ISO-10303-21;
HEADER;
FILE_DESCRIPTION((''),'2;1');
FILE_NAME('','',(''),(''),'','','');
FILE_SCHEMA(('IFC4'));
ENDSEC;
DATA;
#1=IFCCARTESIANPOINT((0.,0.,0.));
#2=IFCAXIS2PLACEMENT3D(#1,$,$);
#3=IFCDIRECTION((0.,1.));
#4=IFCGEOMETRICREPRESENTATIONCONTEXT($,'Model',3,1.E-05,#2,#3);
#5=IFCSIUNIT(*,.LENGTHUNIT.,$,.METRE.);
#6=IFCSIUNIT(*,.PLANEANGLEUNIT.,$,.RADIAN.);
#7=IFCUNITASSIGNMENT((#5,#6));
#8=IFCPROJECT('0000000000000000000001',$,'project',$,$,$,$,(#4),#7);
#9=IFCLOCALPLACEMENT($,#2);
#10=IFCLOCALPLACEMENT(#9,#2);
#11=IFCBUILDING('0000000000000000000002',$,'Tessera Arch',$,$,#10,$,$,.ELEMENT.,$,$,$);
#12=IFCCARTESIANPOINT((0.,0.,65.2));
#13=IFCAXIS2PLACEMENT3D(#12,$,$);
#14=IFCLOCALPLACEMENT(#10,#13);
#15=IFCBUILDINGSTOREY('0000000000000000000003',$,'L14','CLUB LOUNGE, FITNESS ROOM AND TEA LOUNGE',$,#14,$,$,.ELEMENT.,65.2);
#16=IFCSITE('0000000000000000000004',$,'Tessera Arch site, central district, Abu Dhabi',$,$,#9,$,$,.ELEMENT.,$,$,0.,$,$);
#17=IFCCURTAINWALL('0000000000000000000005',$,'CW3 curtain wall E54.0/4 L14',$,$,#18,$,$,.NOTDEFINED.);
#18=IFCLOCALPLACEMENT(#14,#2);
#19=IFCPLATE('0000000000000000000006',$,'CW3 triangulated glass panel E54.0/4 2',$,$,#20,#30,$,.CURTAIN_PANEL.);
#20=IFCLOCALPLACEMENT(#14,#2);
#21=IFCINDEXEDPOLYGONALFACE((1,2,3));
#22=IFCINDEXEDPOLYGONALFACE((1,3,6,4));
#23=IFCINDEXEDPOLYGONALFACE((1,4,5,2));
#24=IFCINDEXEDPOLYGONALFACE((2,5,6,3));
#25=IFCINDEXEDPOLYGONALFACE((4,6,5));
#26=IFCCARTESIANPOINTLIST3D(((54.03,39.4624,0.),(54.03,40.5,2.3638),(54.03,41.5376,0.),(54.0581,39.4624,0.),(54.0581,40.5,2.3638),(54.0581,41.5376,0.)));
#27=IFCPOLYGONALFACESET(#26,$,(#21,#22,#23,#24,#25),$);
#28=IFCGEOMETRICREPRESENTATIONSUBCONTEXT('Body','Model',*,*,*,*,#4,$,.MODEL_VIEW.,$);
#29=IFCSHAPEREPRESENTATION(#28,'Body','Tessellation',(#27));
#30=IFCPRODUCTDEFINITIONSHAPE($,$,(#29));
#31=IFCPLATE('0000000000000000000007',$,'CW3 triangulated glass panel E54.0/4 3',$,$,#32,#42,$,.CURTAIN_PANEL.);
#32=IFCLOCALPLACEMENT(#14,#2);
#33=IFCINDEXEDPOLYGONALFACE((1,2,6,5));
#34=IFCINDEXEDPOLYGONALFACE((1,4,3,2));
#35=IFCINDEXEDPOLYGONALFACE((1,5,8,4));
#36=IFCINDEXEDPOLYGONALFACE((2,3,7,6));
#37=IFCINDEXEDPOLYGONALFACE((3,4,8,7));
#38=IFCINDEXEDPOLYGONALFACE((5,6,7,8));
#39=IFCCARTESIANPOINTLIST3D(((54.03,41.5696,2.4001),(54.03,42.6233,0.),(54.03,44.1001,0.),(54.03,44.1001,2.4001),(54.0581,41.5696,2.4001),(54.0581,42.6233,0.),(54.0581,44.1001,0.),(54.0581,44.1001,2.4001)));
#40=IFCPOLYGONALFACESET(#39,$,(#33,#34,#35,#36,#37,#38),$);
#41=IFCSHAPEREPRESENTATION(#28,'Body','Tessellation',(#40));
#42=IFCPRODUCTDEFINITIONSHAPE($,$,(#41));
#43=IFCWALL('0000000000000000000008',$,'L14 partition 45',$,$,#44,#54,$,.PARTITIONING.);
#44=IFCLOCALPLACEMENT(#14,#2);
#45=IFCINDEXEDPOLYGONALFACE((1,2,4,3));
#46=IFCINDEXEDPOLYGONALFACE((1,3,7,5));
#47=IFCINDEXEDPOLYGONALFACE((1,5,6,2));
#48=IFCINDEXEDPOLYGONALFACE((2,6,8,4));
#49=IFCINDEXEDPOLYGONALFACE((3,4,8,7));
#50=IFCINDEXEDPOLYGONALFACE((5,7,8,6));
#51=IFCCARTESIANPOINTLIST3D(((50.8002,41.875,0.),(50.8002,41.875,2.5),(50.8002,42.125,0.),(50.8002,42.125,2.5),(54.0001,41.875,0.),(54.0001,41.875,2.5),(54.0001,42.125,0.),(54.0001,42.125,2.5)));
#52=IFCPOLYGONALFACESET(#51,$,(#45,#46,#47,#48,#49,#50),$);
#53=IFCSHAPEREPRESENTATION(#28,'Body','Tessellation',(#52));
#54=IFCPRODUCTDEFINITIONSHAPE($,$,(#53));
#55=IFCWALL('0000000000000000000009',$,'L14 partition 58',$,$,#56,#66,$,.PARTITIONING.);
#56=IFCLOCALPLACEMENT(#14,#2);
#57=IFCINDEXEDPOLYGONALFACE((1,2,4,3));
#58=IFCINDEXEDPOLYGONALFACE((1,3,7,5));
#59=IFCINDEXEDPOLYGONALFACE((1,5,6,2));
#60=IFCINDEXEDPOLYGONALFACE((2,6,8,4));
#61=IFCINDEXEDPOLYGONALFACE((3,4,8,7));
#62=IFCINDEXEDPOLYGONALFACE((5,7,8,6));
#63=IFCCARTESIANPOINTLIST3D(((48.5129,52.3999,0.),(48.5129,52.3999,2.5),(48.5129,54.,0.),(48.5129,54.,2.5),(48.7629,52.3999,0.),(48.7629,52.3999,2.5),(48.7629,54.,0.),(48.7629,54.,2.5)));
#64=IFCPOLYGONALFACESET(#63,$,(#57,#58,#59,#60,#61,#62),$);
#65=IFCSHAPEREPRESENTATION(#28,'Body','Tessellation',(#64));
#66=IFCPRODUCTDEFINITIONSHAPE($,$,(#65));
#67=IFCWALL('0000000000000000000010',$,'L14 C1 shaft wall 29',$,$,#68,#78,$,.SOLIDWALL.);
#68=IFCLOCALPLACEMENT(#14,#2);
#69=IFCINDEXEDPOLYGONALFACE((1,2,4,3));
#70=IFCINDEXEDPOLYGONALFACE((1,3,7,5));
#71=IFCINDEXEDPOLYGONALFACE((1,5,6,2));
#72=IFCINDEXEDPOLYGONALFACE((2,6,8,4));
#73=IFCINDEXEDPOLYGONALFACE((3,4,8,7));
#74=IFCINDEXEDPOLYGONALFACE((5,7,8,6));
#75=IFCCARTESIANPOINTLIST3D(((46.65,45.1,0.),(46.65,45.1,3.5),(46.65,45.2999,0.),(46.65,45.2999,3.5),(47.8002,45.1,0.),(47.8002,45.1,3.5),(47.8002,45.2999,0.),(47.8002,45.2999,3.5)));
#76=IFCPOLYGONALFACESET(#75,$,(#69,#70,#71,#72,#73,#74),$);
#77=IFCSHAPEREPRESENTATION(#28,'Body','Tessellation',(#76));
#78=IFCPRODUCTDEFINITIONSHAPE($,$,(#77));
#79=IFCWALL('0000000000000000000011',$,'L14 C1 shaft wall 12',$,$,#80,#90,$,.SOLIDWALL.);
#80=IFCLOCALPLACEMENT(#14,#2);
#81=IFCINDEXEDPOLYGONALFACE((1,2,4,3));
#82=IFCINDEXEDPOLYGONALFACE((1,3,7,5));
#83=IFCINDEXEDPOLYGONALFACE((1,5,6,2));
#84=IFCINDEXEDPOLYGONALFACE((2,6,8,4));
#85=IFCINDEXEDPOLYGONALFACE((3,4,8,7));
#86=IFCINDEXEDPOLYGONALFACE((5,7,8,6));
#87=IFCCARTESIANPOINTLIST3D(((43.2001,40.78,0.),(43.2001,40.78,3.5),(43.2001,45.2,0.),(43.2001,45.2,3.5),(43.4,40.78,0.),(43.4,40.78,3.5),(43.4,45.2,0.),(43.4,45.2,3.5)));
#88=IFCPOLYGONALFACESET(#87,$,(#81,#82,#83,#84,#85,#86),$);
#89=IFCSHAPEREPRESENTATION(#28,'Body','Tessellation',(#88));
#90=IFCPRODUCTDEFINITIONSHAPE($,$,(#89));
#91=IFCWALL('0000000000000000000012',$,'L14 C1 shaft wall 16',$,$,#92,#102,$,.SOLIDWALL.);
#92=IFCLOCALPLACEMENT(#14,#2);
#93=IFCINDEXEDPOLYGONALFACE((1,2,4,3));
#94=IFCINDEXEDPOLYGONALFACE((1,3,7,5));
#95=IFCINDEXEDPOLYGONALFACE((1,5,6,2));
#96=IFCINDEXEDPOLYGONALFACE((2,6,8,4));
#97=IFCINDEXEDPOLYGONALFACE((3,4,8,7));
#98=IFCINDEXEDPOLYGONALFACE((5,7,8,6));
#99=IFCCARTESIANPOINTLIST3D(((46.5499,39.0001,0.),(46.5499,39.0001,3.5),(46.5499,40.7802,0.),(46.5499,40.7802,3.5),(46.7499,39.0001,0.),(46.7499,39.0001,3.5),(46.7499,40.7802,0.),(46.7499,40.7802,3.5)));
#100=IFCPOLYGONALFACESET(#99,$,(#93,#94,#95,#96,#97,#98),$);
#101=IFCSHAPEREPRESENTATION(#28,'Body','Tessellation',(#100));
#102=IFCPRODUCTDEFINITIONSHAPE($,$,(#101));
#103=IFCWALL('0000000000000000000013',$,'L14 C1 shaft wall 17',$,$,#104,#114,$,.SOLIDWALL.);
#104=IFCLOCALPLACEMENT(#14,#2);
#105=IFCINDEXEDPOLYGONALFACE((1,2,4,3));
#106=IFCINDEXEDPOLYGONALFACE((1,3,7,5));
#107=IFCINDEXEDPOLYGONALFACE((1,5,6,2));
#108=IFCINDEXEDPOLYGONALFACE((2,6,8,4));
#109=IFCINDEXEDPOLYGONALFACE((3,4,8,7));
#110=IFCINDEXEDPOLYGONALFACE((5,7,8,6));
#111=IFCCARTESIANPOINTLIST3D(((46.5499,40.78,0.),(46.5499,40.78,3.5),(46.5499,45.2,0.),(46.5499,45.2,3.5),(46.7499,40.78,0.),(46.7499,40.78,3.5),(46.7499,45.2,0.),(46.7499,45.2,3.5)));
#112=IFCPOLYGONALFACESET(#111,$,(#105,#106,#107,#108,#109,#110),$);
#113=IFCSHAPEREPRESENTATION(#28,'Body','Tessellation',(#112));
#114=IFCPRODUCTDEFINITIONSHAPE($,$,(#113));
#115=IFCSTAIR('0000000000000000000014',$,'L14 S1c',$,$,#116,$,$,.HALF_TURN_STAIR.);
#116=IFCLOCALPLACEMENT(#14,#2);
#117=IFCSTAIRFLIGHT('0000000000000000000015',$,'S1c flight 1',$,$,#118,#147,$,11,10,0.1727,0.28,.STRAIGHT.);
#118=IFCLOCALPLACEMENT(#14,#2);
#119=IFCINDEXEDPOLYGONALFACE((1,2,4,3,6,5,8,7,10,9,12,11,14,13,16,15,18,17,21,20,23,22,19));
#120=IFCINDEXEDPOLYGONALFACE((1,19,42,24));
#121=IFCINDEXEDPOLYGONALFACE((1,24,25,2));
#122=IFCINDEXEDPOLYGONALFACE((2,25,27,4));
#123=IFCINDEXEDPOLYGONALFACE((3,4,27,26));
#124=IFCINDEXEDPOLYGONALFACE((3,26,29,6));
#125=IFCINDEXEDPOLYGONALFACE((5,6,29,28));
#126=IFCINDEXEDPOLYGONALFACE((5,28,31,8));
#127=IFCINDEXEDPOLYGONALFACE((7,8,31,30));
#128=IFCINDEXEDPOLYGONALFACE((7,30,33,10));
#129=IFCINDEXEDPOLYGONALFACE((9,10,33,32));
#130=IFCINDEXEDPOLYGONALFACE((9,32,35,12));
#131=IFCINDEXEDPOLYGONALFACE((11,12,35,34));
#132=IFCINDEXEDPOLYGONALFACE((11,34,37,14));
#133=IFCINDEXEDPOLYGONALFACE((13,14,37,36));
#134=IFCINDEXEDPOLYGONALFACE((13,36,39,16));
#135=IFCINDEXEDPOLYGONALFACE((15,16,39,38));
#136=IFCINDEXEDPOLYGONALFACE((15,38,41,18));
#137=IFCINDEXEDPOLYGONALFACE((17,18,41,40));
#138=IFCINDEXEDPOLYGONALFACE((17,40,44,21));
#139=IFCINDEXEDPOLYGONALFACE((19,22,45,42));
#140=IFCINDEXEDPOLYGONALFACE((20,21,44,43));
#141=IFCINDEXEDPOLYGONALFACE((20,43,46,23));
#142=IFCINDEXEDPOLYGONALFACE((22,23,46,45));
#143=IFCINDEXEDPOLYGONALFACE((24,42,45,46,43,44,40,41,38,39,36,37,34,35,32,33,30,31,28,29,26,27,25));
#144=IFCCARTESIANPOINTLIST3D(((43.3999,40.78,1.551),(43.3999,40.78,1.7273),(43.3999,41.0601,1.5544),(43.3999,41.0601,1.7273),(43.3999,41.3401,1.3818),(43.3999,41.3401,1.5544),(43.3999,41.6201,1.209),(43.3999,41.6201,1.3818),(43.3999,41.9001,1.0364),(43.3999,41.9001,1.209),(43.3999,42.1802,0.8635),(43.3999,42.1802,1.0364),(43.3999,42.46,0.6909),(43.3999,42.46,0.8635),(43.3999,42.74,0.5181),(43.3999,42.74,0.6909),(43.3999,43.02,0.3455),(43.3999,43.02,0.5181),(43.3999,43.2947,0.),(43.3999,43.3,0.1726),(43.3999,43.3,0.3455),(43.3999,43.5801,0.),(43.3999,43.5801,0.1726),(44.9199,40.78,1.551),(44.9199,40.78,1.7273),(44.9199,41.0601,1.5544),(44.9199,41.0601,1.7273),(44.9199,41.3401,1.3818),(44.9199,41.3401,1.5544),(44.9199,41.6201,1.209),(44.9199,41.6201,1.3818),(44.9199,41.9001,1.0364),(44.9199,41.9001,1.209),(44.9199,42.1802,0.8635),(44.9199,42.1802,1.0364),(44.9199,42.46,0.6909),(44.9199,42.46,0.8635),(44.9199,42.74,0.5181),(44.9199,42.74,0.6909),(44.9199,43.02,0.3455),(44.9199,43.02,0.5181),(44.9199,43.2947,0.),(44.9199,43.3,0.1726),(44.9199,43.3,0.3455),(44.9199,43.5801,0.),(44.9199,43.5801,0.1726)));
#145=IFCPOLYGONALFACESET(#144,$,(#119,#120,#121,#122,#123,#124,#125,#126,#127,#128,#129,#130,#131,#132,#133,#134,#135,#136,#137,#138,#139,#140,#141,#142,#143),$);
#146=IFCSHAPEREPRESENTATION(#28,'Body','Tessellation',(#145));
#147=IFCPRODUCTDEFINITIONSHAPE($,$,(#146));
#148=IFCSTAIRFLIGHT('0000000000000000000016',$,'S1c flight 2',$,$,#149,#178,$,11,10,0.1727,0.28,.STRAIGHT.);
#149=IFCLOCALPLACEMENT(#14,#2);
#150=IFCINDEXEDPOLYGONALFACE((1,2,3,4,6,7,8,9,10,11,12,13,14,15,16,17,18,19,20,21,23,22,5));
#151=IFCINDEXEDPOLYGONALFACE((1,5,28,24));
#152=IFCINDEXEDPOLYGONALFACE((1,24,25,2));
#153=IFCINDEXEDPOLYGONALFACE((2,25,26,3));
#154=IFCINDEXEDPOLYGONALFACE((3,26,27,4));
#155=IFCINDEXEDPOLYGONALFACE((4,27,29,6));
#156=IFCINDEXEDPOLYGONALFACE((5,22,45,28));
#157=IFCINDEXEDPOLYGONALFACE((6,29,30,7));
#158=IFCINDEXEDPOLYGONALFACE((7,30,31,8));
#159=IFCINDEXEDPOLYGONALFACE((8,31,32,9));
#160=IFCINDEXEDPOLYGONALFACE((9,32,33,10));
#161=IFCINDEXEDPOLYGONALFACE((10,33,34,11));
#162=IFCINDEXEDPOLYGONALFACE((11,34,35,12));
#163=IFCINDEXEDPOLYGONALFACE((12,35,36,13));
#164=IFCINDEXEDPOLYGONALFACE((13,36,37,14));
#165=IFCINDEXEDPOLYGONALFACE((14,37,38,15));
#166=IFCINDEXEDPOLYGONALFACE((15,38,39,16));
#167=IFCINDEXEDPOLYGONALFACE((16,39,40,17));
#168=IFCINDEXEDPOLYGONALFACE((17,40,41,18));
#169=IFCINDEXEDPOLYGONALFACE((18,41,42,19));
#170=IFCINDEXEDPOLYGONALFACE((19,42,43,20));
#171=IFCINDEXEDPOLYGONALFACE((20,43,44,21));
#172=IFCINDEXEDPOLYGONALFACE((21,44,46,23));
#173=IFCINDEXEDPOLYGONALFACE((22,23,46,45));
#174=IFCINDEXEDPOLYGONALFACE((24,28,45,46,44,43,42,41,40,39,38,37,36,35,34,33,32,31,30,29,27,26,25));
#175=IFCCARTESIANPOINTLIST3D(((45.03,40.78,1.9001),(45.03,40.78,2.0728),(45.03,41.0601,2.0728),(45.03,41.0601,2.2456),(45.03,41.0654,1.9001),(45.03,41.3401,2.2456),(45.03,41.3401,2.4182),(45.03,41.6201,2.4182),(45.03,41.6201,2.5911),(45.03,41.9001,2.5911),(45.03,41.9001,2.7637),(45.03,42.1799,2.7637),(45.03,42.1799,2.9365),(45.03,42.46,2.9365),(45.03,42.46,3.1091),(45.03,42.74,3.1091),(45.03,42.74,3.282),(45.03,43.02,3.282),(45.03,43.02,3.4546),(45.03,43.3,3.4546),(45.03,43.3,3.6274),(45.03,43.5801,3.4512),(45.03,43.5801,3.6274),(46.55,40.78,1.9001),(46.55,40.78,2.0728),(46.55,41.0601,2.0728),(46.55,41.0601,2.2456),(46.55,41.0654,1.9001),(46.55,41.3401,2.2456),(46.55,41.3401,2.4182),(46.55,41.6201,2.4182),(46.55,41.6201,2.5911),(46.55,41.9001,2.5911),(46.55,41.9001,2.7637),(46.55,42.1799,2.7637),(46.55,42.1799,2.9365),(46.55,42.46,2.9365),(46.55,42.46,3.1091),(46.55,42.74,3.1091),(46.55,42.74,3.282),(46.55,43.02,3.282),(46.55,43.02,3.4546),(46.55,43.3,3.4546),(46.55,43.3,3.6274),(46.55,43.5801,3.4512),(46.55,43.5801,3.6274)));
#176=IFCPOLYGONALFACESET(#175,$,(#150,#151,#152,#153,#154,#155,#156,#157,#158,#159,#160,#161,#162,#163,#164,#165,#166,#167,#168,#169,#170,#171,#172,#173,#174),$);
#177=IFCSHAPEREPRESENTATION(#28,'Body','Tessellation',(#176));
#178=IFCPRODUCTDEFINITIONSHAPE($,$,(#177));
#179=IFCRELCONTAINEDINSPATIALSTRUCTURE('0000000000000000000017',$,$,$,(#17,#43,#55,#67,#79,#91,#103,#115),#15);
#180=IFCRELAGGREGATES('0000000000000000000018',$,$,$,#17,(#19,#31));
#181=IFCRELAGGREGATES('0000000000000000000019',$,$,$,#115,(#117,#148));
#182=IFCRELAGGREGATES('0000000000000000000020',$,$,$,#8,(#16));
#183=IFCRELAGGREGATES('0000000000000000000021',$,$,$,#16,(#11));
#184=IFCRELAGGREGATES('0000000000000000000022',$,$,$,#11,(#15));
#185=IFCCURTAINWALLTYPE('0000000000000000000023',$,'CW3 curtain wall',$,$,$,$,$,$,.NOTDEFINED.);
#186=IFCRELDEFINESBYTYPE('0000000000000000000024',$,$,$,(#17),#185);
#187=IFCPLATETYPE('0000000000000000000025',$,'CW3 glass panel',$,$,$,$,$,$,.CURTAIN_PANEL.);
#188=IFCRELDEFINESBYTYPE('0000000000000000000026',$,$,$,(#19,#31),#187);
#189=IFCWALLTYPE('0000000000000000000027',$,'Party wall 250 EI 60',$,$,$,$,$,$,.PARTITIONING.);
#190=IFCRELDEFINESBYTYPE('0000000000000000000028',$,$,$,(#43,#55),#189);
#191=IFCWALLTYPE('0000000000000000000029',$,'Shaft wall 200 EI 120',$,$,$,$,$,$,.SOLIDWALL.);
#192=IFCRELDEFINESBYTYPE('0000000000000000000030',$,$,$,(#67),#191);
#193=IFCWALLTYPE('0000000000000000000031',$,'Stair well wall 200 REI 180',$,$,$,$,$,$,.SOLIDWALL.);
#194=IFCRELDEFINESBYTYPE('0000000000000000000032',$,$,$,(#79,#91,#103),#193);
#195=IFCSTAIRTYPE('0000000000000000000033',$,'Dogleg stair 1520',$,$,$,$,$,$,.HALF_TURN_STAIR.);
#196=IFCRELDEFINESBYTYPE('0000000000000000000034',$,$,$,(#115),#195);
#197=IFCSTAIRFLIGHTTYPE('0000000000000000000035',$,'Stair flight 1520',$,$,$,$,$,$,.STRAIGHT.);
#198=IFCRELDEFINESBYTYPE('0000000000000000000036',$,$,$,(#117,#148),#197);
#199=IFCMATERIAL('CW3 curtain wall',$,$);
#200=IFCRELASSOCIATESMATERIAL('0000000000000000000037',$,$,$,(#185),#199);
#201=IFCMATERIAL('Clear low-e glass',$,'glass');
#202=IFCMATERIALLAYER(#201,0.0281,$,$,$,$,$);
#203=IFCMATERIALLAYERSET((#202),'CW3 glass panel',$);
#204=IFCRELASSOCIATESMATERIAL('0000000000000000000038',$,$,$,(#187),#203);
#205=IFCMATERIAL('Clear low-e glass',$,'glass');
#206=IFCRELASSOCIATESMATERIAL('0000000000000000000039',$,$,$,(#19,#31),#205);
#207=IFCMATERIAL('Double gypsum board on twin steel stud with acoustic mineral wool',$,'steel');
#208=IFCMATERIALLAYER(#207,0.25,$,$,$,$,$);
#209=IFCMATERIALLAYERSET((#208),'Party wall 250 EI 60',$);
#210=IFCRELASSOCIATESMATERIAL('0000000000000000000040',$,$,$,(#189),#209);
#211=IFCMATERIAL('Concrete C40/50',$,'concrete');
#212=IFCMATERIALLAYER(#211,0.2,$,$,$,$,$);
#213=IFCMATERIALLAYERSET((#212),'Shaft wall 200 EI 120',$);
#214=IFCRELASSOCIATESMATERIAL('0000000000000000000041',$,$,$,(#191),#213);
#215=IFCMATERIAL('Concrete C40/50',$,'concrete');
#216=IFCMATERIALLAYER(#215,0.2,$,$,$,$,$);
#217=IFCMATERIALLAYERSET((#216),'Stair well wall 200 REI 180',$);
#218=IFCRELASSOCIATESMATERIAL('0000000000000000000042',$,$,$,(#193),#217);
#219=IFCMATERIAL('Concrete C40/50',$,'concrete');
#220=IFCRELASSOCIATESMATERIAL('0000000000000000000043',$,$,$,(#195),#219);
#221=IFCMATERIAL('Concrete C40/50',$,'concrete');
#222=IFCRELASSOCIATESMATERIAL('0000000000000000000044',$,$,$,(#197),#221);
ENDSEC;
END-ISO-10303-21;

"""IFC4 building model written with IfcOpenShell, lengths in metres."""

from ifc_helpers import new_model, si_unit, direction, frame, frame_2d, origin, place, context, subcontext, project, spatial, polyline, rectangle, outline, extrude, material, layer, layer_set, type_object, element, aggregate, save


model = new_model("IFC4")

# Units and contexts
model_context = context("Model", 3, precision=1e-05, world=origin(), true_north=direction((0.0, 1.0)))
body_context = subcontext(model_context, "Body", "Model", "MODEL_VIEW")
ifc_project = project(units=[si_unit("LENGTHUNIT", "METRE"), si_unit("PLANEANGLEUNIT", "RADIAN")], contexts=[model_context])

# Site, building, storey
site_placement = place(None, origin())
site = spatial("IfcSite", under=ifc_project, at=site_placement, Name="Tessera Arch site, central district, Abu Dhabi", CompositionType="ELEMENT", RefElevation=0.0)
building_placement = place(site_placement, origin())
building = spatial("IfcBuilding", under=site, at=building_placement, Name="Tessera Arch", CompositionType="ELEMENT")
storey_placement = place(building_placement, frame((0.0, 0.0, 65.2)))
storey = spatial("IfcBuildingStorey", under=building, at=storey_placement, Name="L14", Description="CLUB LOUNGE, FITNESS ROOM AND TEA LOUNGE", CompositionType="ELEMENT", Elevation=65.2)

# Shared definitions
ifc_material_1 = material(Name="Clear low-e glass", Category="glass")

# Curtain wall, plates
ifc_material_2 = material(Name="CW3 curtain wall")
curtain_wall_type_1 = type_object("IfcCurtainWallType", Name="CW3 curtain wall", PredefinedType="NOTDEFINED", material=ifc_material_2)
curtain_wall_1_placement = place(storey_placement, origin())
curtain_wall_1 = element("IfcCurtainWall", 1, at=curtain_wall_1_placement, inside=storey, type_object=curtain_wall_type_1, Name="CW3 curtain wall E54.0/4 L14", PredefinedType="NOTDEFINED")
ifc_material_3 = material(Name="Clear low-e glass", Category="glass")
ifc_layer_1 = layer(ifc_material_3, 0.0281)
ifc_layer_set_1 = layer_set([ifc_layer_1], Name="CW3 glass panel")
plate_type_1 = type_object("IfcPlateType", Name="CW3 glass panel", PredefinedType="CURTAIN_PANEL", material=ifc_layer_set_1)
plate_1_placement = place(storey_placement, frame((54.0581, 39.4624, 0.0), z_axis=(1.0, 0.0, 0.0), x_axis=(0.0, 1.0, 0.0)))
plate_1 = element("IfcPlate", 2, at=plate_1_placement, type_object=plate_type_1, material=ifc_material_1, Name="CW3 triangulated glass panel E54.0/4 2", PredefinedType="CURTAIN_PANEL", context=body_context, shape_type="SweptSolid", body=[
    extrude(outline(polyline([(0.0, 0.0), (2.0752, 0.0), (1.0376, 2.3638), (0.0, 0.0)])), origin(), (0.0, 0.0, -1.0), 0.0281),
])
plate_2_placement = place(storey_placement, frame((54.0581, 44.1001, 2.4001), z_axis=(1.0, 0.0, 0.0), x_axis=(0.0, -1.0, 0.0)))
plate_2 = element("IfcPlate", 3, at=plate_2_placement, type_object=plate_type_1, material=ifc_material_1, Name="CW3 triangulated glass panel E54.0/4 3", PredefinedType="CURTAIN_PANEL", context=body_context, shape_type="SweptSolid", body=[
    extrude(outline(polyline([(0.0, 0.0), (2.5305, 0.0), (1.4768, 2.4001), (0.0, 2.4001), (0.0, 0.0)])), origin(), (0.0, 0.0, -1.0), 0.0281),
])
aggregate(curtain_wall_1, [plate_1, plate_2])

# Walls
ifc_material_4 = material(Name="Double gypsum board on twin steel stud with acoustic mineral wool", Category="steel")
ifc_layer_2 = layer(ifc_material_4, 0.25)
ifc_layer_set_2 = layer_set([ifc_layer_2], Name="Party wall 250 EI 60")
wall_type_1 = type_object("IfcWallType", Name="Party wall 250 EI 60", PredefinedType="PARTITIONING", material=ifc_layer_set_2)
wall_1_placement = place(storey_placement, frame((50.8, 42.0, 0.0), z_axis=(0.0, 0.0, 1.0), x_axis=(1.0, 0.0, 0.0)))
element("IfcWall", 4, at=wall_1_placement, inside=storey, type_object=wall_type_1, Name="L14 partition 45", PredefinedType="PARTITIONING", context=body_context, shape_type="SweptSolid", body=[
    extrude(rectangle(XDim=3.2, YDim=0.25, at=frame_2d((1.6001, 0.0))), origin(), (0.0, 0.0, 1.0), 2.5),
])
wall_2_placement = place(storey_placement, frame((48.6379, 52.3999, 0.0), z_axis=(0.0, 0.0, 1.0), x_axis=(0.0, 1.0, 0.0)))
element("IfcWall", 5, at=wall_2_placement, inside=storey, type_object=wall_type_1, Name="L14 partition 58", PredefinedType="PARTITIONING", context=body_context, shape_type="SweptSolid", body=[
    extrude(rectangle(XDim=1.6001, YDim=0.25, at=frame_2d((0.8, 0.0))), origin(), (0.0, 0.0, 1.0), 2.5),
])
ifc_material_5 = material(Name="Concrete C40/50", Category="concrete")
ifc_layer_3 = layer(ifc_material_5, 0.2)
ifc_layer_set_3 = layer_set([ifc_layer_3], Name="Shaft wall 200 EI 120")
wall_type_2 = type_object("IfcWallType", Name="Shaft wall 200 EI 120", PredefinedType="SOLIDWALL", material=ifc_layer_set_3)
wall_3_placement = place(storey_placement, frame((46.6499, 45.2, 0.0), z_axis=(0.0, 0.0, 1.0), x_axis=(1.0, 0.0, 0.0)))
element("IfcWall", 6, at=wall_3_placement, inside=storey, type_object=wall_type_2, Name="L14 C1 shaft wall 29", PredefinedType="SOLIDWALL", context=body_context, shape_type="SweptSolid", body=[
    extrude(rectangle(XDim=1.1501, YDim=0.2, at=frame_2d((0.5752, 0.0))), origin(), (0.0, 0.0, 1.0), 3.5),
])
ifc_material_6 = material(Name="Concrete C40/50", Category="concrete")
ifc_layer_4 = layer(ifc_material_6, 0.2)
ifc_layer_set_4 = layer_set([ifc_layer_4], Name="Stair well wall 200 REI 180")
wall_type_3 = type_object("IfcWallType", Name="Stair well wall 200 REI 180", PredefinedType="SOLIDWALL", material=ifc_layer_set_4)
wall_4_placement = place(storey_placement, frame((43.3, 40.78, 0.0), z_axis=(0.0, 0.0, 1.0), x_axis=(0.0, 1.0, 0.0)))
element("IfcWall", 7, at=wall_4_placement, inside=storey, type_object=wall_type_3, Name="L14 C1 shaft wall 12", PredefinedType="SOLIDWALL", context=body_context, shape_type="SweptSolid", body=[
    extrude(rectangle(XDim=4.4199, YDim=0.2, at=frame_2d((2.21, 0.0))), origin(), (0.0, 0.0, 1.0), 3.5),
])
wall_5_placement = place(storey_placement, frame((46.6499, 39.0, 0.0), z_axis=(0.0, 0.0, 1.0), x_axis=(0.0, 1.0, 0.0)))
element("IfcWall", 8, at=wall_5_placement, inside=storey, type_object=wall_type_3, Name="L14 C1 shaft wall 16", PredefinedType="SOLIDWALL", context=body_context, shape_type="SweptSolid", body=[
    extrude(rectangle(XDim=1.78, YDim=0.2, at=frame_2d((0.8901, 0.0))), origin(), (0.0, 0.0, 1.0), 3.5),
])
wall_6_placement = place(storey_placement, frame((46.6499, 40.78, 0.0), z_axis=(0.0, 0.0, 1.0), x_axis=(0.0, 1.0, 0.0)))
element("IfcWall", 9, at=wall_6_placement, inside=storey, type_object=wall_type_3, Name="L14 C1 shaft wall 17", PredefinedType="SOLIDWALL", context=body_context, shape_type="SweptSolid", body=[
    extrude(rectangle(XDim=4.4199, YDim=0.2, at=frame_2d((2.21, 0.0))), origin(), (0.0, 0.0, 1.0), 3.5),
])

# Stair, stair flights
ifc_material_7 = material(Name="Concrete C40/50", Category="concrete")
stair_type = type_object("IfcStairType", Name="Dogleg stair 1520", PredefinedType="HALF_TURN_STAIR", material=ifc_material_7)
stair_placement = place(storey_placement, origin())
stair = element("IfcStair", 10, at=stair_placement, inside=storey, type_object=stair_type, Name="L14 S1c", PredefinedType="HALF_TURN_STAIR")
ifc_material_8 = material(Name="Concrete C40/50", Category="concrete")
stair_flight_type = type_object("IfcStairFlightType", Name="Stair flight 1520", PredefinedType="STRAIGHT", material=ifc_material_8)
stair_flight_1_placement = place(storey_placement, frame((44.1599, 43.5801, 0.0), z_axis=(0.0, 0.0, 1.0), x_axis=(0.0, -1.0, 0.0)))
stair_flight_1 = element("IfcStairFlight", 11, at=stair_flight_1_placement, type_object=stair_flight_type, Name="S1c flight 1", NumberOfRisers=11, NumberOfTreads=10, PredefinedType="STRAIGHT", RiserHeight=0.1727, TreadLength=0.28, context=body_context, shape_type="SweptSolid", body=[
    extrude(outline(polyline([(0.0, 0.0), (0.0, 0.1726), (0.28, 0.1726), (0.28, 0.3455), (0.5601, 0.3455), (0.5601, 0.5181), (0.8401, 0.5181), (0.8401, 0.6909), (1.1201, 0.6909), (1.1201, 0.8635), (1.3999, 0.8635), (1.3999, 1.0364), (1.6799, 1.0364), (1.6799, 1.209), (1.96, 1.209), (1.96, 1.3818), (2.24, 1.3818), (2.24, 1.5544), (2.52, 1.5544), (2.52, 1.7273), (2.8, 1.7273), (2.8, 1.8999), (2.8, 1.551), (0.2854, 0.0), (0.0, 0.0)])), frame((0.0, 0.76, 0.0), z_axis=(0.0, -1.0, 0.0), x_axis=(1.0, 0.0, 0.0)), (0.0, 0.0, 1.0), 1.52),
])
stair_flight_2_placement = place(storey_placement, frame((45.79, 40.78, 1.9001), z_axis=(0.0, 0.0, 1.0), x_axis=(0.0, 1.0, 0.0)))
stair_flight_2 = element("IfcStairFlight", 12, at=stair_flight_2_placement, type_object=stair_flight_type, Name="S1c flight 2", NumberOfRisers=11, NumberOfTreads=10, PredefinedType="STRAIGHT", RiserHeight=0.1727, TreadLength=0.28, context=body_context, shape_type="SweptSolid", body=[
    extrude(outline(polyline([(0.0, 0.0), (0.0, 0.1726), (0.28, 0.1726), (0.28, 0.3455), (0.5601, 0.3455), (0.5601, 0.5181), (0.8401, 0.5181), (0.8401, 0.6909), (1.1201, 0.6909), (1.1201, 0.8635), (1.3999, 0.8635), (1.3999, 1.0364), (1.6799, 1.0364), (1.6799, 1.209), (1.96, 1.209), (1.96, 1.3818), (2.24, 1.3818), (2.24, 1.5544), (2.52, 1.5544), (2.52, 1.7273), (2.8, 1.7273), (2.8, 1.8999), (2.8, 1.551), (0.2854, 0.0), (0.0, 0.0)])), frame((0.0, 0.76, 0.0), z_axis=(0.0, -1.0, 0.0), x_axis=(1.0, 0.0, 0.0)), (0.0, 0.0, 1.0), 1.52),
])
aggregate(stair, [stair_flight_1, stair_flight_2])

save(model, "model.ifc")
